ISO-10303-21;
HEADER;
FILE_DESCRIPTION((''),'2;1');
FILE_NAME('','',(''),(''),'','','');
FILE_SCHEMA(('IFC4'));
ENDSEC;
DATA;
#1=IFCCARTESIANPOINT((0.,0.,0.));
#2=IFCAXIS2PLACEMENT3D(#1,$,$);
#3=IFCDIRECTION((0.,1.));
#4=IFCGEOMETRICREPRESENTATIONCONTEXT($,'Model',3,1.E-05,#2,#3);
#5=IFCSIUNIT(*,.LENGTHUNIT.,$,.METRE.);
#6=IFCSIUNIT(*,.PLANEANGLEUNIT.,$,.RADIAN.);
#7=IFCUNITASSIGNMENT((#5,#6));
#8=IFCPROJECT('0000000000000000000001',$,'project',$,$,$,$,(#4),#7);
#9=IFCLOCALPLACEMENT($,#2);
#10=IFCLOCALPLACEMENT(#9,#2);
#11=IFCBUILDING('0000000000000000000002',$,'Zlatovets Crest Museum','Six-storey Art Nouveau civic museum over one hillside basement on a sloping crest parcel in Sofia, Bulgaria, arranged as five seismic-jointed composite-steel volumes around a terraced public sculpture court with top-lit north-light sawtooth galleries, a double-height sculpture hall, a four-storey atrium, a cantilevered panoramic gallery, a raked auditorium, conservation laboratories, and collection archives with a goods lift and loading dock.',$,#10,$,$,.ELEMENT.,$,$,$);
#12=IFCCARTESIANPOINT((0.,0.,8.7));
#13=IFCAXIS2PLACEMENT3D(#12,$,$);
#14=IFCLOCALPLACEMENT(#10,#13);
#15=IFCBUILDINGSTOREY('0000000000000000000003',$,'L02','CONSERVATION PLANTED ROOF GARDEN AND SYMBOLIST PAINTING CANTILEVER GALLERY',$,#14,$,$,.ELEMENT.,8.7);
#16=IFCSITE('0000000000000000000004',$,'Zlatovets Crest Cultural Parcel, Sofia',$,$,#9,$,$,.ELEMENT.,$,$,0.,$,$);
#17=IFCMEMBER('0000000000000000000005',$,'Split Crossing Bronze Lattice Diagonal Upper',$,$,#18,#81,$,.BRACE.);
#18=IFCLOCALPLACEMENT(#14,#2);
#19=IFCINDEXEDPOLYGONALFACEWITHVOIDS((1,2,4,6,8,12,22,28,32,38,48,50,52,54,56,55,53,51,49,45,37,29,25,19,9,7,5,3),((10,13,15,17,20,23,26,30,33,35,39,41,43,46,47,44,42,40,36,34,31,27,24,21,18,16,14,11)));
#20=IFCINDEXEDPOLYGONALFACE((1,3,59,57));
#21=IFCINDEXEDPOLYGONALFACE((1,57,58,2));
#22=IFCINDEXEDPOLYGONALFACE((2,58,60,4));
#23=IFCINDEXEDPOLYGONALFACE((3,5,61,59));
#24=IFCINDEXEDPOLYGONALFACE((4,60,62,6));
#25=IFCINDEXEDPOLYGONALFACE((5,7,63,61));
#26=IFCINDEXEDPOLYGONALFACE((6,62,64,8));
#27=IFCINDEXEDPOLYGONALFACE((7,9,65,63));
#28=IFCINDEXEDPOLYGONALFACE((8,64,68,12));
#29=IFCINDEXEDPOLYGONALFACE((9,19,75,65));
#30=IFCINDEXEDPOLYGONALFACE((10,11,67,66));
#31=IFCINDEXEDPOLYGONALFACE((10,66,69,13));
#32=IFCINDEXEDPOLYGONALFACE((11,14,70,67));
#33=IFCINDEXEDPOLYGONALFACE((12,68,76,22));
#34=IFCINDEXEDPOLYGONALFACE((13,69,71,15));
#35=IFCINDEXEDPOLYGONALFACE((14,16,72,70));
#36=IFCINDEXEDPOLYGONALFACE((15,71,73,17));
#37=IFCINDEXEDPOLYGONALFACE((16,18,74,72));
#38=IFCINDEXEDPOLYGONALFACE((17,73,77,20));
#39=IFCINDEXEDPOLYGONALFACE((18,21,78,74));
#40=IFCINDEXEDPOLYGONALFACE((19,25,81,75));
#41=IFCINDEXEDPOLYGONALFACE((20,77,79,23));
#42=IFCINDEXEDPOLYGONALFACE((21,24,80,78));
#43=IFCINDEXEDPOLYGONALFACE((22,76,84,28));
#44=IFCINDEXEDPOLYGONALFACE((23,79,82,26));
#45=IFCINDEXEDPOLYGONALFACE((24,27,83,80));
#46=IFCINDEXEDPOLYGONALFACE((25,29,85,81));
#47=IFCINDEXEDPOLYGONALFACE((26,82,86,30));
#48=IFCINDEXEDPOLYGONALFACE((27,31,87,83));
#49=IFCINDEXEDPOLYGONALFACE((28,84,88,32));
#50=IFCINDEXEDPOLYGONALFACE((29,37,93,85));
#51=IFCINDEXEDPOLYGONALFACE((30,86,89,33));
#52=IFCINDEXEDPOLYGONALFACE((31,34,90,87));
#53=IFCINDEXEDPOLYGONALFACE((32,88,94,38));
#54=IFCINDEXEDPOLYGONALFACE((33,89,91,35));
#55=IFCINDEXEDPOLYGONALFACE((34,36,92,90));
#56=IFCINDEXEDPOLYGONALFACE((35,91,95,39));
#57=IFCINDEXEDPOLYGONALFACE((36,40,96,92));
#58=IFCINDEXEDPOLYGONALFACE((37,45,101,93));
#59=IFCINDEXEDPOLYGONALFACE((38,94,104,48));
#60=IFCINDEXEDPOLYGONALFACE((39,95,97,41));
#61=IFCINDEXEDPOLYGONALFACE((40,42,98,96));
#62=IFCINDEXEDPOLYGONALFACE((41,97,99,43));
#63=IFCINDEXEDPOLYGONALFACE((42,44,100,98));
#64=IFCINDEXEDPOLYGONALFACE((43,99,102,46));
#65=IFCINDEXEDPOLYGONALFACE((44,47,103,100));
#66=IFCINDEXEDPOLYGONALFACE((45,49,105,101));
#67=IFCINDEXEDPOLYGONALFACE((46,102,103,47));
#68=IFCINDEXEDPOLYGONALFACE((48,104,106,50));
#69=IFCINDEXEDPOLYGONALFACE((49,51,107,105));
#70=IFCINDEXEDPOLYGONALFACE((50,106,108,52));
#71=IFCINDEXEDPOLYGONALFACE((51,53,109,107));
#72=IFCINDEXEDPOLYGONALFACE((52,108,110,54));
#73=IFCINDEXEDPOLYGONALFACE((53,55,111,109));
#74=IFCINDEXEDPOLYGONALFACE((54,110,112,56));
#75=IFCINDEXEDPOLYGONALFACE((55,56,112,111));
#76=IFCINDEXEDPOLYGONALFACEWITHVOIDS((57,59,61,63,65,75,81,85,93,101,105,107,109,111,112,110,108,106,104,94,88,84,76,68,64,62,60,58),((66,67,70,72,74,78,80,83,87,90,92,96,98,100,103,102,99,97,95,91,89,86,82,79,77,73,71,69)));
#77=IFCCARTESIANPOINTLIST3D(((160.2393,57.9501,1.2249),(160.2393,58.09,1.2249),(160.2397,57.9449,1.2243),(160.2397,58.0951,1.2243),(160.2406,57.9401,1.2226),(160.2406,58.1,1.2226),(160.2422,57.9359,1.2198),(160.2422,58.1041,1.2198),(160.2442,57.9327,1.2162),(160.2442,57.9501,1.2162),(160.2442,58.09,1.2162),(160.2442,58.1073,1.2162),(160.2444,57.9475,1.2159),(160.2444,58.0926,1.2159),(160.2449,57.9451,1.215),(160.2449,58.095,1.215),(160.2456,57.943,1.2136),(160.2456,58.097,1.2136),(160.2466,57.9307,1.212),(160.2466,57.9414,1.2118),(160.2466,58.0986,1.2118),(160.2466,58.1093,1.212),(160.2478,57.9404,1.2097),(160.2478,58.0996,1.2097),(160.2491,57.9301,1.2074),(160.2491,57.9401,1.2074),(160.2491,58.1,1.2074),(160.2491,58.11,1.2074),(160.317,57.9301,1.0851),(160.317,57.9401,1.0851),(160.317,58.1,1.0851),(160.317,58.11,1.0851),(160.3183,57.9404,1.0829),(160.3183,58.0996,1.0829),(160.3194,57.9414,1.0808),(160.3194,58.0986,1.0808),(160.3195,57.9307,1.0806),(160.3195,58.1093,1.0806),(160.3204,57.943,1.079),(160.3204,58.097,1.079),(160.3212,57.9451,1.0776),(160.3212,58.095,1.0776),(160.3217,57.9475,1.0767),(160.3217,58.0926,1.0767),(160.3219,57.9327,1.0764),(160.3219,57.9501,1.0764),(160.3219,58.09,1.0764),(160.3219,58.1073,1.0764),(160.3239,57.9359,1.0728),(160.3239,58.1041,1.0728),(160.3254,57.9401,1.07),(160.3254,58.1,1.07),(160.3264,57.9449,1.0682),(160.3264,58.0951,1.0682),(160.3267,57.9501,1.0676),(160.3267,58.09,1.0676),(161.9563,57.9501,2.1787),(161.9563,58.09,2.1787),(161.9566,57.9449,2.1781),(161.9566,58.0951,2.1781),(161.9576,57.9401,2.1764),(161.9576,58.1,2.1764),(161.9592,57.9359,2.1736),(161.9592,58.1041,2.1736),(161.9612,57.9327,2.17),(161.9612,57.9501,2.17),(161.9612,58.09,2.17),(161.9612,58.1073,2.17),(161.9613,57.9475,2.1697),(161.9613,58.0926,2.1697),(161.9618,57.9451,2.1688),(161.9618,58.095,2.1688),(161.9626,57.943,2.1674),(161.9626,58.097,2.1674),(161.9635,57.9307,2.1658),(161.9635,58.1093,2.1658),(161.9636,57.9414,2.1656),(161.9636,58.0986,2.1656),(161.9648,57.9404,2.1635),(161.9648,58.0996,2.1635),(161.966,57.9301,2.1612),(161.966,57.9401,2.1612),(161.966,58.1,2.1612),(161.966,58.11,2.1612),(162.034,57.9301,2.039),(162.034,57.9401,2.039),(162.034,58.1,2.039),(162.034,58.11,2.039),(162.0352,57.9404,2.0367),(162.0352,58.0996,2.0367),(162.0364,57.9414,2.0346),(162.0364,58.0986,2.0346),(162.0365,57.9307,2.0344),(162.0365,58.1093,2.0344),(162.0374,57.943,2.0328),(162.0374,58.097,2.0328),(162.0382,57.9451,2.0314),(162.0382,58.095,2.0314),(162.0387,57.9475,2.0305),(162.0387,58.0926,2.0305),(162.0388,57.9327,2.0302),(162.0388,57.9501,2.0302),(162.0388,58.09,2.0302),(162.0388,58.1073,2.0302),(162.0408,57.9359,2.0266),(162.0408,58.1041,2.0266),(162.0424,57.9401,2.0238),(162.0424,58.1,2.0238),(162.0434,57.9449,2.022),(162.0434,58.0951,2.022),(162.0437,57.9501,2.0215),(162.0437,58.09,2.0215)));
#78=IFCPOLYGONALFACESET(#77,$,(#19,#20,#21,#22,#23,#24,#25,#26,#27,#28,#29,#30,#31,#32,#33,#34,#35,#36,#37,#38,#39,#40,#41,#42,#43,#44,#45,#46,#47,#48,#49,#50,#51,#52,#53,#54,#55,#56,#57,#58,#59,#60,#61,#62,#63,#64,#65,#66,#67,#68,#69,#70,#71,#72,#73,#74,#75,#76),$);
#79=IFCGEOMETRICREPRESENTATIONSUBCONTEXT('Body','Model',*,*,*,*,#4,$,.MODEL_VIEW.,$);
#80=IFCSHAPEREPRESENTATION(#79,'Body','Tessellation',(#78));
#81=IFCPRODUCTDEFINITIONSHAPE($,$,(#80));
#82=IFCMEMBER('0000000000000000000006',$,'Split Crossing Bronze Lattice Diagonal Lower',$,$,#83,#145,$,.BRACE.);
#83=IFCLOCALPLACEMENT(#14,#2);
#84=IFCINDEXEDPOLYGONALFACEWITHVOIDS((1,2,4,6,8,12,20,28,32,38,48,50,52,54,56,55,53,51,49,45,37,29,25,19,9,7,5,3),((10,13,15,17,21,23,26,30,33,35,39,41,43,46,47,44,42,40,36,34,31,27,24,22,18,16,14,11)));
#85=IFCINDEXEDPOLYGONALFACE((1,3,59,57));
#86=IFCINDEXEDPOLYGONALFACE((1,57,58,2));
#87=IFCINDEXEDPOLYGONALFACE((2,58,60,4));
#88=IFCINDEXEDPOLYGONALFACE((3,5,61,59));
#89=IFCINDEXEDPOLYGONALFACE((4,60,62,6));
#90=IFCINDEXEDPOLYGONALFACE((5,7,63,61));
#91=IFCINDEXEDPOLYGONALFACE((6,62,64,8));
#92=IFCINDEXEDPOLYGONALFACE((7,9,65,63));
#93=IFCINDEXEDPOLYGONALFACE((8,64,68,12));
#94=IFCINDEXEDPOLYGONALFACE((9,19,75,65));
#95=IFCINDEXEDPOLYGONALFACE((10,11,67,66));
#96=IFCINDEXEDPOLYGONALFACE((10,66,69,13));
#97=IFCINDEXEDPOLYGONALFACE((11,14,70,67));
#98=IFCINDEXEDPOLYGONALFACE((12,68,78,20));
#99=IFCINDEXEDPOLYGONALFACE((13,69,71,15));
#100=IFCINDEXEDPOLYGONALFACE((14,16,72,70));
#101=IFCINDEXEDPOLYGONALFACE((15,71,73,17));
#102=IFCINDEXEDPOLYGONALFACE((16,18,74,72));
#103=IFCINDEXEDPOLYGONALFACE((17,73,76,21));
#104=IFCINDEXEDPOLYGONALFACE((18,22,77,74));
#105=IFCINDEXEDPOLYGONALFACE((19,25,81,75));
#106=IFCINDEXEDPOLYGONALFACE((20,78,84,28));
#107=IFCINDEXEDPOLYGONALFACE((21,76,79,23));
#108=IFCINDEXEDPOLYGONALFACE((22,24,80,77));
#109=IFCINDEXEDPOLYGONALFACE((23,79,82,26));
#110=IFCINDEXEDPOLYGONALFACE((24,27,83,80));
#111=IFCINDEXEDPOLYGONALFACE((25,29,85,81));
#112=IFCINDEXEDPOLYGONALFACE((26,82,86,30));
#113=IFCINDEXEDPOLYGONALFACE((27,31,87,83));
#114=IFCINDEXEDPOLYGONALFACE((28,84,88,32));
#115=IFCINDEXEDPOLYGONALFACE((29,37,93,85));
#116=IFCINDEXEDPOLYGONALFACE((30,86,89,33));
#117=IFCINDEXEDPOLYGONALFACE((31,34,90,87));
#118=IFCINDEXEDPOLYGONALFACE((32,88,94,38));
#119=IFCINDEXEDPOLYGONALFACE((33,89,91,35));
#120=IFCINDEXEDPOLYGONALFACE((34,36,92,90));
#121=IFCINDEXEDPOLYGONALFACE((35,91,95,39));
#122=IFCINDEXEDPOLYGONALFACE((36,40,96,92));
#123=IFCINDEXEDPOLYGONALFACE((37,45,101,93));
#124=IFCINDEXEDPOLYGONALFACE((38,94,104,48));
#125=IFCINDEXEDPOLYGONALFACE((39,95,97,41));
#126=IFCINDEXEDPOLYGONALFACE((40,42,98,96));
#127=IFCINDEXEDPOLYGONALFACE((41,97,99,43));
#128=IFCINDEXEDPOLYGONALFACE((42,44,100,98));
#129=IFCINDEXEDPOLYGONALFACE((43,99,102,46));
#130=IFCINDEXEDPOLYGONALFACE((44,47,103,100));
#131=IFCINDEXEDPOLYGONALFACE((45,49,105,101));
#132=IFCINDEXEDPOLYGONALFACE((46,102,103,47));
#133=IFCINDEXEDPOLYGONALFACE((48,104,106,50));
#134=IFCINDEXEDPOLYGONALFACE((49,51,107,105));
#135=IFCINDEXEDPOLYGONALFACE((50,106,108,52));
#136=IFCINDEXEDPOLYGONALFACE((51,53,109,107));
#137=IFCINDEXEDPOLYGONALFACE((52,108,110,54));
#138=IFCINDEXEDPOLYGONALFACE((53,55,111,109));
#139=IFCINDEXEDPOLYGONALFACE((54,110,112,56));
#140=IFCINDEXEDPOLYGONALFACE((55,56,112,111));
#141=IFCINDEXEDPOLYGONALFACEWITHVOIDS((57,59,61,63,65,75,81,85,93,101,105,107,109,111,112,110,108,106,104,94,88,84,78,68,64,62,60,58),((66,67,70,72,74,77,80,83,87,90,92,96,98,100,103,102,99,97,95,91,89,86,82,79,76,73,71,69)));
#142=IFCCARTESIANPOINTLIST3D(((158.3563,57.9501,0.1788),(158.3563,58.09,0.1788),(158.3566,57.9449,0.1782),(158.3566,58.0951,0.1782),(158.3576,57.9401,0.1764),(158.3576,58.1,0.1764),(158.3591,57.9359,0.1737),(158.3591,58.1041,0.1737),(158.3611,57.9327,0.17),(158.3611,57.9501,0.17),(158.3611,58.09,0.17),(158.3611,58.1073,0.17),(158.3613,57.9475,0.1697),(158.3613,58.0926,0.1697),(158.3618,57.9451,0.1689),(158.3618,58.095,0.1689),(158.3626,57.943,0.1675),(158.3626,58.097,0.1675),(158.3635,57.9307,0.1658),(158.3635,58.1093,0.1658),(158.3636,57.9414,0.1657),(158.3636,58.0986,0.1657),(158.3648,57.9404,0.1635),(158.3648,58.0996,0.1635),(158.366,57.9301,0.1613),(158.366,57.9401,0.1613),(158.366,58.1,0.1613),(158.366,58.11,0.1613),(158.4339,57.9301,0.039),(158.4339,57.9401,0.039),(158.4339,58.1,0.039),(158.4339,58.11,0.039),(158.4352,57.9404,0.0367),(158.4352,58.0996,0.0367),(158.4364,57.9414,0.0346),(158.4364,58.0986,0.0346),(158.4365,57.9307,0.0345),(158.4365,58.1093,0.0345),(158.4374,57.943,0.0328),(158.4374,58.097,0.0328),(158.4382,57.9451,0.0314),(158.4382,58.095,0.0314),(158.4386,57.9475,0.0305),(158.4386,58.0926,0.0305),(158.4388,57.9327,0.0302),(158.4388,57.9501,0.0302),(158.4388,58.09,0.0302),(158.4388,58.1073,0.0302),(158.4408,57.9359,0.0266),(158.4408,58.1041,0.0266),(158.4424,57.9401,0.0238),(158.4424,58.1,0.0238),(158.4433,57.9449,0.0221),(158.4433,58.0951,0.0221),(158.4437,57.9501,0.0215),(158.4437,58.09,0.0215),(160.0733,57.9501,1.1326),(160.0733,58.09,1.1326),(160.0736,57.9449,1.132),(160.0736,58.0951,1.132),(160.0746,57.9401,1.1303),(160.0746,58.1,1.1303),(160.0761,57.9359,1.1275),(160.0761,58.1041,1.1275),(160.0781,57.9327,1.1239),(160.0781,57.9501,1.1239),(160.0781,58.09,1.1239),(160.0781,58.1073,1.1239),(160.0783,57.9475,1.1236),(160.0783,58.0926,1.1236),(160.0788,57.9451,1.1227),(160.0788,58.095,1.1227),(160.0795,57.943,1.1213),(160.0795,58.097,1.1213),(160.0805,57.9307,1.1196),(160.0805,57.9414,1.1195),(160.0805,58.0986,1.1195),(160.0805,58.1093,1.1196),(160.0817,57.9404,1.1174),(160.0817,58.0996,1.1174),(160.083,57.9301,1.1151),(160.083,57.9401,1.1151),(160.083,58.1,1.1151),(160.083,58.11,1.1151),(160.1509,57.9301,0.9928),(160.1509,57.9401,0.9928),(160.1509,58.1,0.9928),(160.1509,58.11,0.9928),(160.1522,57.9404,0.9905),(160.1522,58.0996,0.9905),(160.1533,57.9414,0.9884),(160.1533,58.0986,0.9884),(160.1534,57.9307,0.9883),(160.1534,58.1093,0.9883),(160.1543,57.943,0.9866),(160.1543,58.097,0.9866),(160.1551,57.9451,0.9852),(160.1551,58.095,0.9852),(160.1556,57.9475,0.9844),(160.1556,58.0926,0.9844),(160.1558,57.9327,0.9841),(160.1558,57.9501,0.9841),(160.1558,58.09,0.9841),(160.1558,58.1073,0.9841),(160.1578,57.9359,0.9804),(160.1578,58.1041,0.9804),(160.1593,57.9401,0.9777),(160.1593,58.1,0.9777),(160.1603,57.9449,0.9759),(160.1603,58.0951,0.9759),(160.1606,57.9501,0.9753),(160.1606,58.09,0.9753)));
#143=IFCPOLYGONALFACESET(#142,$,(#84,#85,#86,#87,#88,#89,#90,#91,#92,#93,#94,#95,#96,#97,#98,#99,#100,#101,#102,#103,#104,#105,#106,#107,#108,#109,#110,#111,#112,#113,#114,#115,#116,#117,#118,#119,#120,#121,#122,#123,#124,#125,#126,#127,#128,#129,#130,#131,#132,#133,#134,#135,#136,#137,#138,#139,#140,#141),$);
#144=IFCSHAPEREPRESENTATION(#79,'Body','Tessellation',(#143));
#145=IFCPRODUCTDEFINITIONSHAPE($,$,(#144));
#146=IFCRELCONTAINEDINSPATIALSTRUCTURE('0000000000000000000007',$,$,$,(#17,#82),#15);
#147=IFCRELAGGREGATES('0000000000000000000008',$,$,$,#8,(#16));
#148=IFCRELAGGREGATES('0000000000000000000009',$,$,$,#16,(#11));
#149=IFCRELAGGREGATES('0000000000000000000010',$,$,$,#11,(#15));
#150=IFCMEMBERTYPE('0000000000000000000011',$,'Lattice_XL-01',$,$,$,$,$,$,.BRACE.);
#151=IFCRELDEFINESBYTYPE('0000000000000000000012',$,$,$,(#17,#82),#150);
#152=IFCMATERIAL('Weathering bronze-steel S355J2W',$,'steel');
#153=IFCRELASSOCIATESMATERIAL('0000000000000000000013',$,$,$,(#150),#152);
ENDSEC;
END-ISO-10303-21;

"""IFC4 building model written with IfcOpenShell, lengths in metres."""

from ifc_helpers import new_model, si_unit, direction, frame, origin, origin_2d, place, context, subcontext, project, spatial, hollow_rectangle, extrude, material, material_profile, profile_set, type_object, element, save


model = new_model("IFC4")

# Units and contexts
model_context = context("Model", 3, precision=1e-05, world=origin(), true_north=direction((0.0, 1.0)))
body_context = subcontext(model_context, "Body", "Model", "MODEL_VIEW")
ifc_project = project(units=[si_unit("LENGTHUNIT", "METRE"), si_unit("PLANEANGLEUNIT", "RADIAN")], contexts=[model_context])

# Site, building, storey
site_placement = place(None, origin())
site = spatial("IfcSite", under=ifc_project, at=site_placement, Name="Zlatovets Crest Cultural Parcel, Sofia", CompositionType="ELEMENT", RefElevation=0.0)
building_placement = place(site_placement, origin())
building = spatial("IfcBuilding", under=site, at=building_placement, Name="Zlatovets Crest Museum", Description="Six-storey Art Nouveau civic museum over one hillside basement on a sloping crest parcel in Sofia, Bulgaria, arranged as five seismic-jointed composite-steel volumes around a terraced public sculpture court with top-lit north-light sawtooth galleries, a double-height sculpture hall, a four-storey atrium, a cantilevered panoramic gallery, a raked auditorium, conservation laboratories, and collection archives with a goods lift and loading dock.", CompositionType="ELEMENT")
storey_placement = place(building_placement, frame((0.0, 0.0, 8.7)))
storey = spatial("IfcBuildingStorey", under=building, at=storey_placement, Name="L02", Description="CONSERVATION PLANTED ROOF GARDEN AND SYMBOLIST PAINTING CANTILEVER GALLERY", CompositionType="ELEMENT", Elevation=8.7)

# Members
ifc_material_1 = material(Name="Weathering bronze-steel S355J2W", Category="steel")
ifc_material_profile_1 = material_profile(ifc_material_1, hollow_rectangle(XDim=0.1799, YDim=0.1799, WallThickness=0.01, InnerFilletRadius=0.01, OuterFilletRadius=0.02, at=origin_2d()), Name="SHS 180x180x10.0")
ifc_profile_set_1 = profile_set([ifc_material_profile_1], Name="Weathering bronze-steel S355J2W")
member_type_1 = type_object("IfcMemberType", Name="Lattice_XL-01", PredefinedType="BRACE", material=ifc_profile_set_1)
for number, where, z_axis, x_axis, name in (
    (1, (162.0, 58.02, 2.1001), (-0.874169, 0.0, -0.485622), (0.0, -1.0, 0.0), "Split Crossing Bronze Lattice Diagonal Upper"),
    (2, (160.1169, 58.02, 1.054), (-0.874169, 0.0, -0.485622), (0.0, -1.0, 0.0), "Split Crossing Bronze Lattice Diagonal Lower"),
):
    element("IfcMember", number, at=place(storey_placement, frame(where, z_axis=z_axis, x_axis=x_axis)), inside=storey, type_object=member_type_1, Name=name, PredefinedType="BRACE", context=body_context, shape_type="SweptSolid", body=[
        extrude(hollow_rectangle(XDim=0.1799, YDim=0.1799, WallThickness=0.01, InnerFilletRadius=0.01, OuterFilletRadius=0.02, at=origin_2d()), origin(), (0.0, 0.0, 1.0), 1.9641),
    ])

save(model, "model.ifc")
